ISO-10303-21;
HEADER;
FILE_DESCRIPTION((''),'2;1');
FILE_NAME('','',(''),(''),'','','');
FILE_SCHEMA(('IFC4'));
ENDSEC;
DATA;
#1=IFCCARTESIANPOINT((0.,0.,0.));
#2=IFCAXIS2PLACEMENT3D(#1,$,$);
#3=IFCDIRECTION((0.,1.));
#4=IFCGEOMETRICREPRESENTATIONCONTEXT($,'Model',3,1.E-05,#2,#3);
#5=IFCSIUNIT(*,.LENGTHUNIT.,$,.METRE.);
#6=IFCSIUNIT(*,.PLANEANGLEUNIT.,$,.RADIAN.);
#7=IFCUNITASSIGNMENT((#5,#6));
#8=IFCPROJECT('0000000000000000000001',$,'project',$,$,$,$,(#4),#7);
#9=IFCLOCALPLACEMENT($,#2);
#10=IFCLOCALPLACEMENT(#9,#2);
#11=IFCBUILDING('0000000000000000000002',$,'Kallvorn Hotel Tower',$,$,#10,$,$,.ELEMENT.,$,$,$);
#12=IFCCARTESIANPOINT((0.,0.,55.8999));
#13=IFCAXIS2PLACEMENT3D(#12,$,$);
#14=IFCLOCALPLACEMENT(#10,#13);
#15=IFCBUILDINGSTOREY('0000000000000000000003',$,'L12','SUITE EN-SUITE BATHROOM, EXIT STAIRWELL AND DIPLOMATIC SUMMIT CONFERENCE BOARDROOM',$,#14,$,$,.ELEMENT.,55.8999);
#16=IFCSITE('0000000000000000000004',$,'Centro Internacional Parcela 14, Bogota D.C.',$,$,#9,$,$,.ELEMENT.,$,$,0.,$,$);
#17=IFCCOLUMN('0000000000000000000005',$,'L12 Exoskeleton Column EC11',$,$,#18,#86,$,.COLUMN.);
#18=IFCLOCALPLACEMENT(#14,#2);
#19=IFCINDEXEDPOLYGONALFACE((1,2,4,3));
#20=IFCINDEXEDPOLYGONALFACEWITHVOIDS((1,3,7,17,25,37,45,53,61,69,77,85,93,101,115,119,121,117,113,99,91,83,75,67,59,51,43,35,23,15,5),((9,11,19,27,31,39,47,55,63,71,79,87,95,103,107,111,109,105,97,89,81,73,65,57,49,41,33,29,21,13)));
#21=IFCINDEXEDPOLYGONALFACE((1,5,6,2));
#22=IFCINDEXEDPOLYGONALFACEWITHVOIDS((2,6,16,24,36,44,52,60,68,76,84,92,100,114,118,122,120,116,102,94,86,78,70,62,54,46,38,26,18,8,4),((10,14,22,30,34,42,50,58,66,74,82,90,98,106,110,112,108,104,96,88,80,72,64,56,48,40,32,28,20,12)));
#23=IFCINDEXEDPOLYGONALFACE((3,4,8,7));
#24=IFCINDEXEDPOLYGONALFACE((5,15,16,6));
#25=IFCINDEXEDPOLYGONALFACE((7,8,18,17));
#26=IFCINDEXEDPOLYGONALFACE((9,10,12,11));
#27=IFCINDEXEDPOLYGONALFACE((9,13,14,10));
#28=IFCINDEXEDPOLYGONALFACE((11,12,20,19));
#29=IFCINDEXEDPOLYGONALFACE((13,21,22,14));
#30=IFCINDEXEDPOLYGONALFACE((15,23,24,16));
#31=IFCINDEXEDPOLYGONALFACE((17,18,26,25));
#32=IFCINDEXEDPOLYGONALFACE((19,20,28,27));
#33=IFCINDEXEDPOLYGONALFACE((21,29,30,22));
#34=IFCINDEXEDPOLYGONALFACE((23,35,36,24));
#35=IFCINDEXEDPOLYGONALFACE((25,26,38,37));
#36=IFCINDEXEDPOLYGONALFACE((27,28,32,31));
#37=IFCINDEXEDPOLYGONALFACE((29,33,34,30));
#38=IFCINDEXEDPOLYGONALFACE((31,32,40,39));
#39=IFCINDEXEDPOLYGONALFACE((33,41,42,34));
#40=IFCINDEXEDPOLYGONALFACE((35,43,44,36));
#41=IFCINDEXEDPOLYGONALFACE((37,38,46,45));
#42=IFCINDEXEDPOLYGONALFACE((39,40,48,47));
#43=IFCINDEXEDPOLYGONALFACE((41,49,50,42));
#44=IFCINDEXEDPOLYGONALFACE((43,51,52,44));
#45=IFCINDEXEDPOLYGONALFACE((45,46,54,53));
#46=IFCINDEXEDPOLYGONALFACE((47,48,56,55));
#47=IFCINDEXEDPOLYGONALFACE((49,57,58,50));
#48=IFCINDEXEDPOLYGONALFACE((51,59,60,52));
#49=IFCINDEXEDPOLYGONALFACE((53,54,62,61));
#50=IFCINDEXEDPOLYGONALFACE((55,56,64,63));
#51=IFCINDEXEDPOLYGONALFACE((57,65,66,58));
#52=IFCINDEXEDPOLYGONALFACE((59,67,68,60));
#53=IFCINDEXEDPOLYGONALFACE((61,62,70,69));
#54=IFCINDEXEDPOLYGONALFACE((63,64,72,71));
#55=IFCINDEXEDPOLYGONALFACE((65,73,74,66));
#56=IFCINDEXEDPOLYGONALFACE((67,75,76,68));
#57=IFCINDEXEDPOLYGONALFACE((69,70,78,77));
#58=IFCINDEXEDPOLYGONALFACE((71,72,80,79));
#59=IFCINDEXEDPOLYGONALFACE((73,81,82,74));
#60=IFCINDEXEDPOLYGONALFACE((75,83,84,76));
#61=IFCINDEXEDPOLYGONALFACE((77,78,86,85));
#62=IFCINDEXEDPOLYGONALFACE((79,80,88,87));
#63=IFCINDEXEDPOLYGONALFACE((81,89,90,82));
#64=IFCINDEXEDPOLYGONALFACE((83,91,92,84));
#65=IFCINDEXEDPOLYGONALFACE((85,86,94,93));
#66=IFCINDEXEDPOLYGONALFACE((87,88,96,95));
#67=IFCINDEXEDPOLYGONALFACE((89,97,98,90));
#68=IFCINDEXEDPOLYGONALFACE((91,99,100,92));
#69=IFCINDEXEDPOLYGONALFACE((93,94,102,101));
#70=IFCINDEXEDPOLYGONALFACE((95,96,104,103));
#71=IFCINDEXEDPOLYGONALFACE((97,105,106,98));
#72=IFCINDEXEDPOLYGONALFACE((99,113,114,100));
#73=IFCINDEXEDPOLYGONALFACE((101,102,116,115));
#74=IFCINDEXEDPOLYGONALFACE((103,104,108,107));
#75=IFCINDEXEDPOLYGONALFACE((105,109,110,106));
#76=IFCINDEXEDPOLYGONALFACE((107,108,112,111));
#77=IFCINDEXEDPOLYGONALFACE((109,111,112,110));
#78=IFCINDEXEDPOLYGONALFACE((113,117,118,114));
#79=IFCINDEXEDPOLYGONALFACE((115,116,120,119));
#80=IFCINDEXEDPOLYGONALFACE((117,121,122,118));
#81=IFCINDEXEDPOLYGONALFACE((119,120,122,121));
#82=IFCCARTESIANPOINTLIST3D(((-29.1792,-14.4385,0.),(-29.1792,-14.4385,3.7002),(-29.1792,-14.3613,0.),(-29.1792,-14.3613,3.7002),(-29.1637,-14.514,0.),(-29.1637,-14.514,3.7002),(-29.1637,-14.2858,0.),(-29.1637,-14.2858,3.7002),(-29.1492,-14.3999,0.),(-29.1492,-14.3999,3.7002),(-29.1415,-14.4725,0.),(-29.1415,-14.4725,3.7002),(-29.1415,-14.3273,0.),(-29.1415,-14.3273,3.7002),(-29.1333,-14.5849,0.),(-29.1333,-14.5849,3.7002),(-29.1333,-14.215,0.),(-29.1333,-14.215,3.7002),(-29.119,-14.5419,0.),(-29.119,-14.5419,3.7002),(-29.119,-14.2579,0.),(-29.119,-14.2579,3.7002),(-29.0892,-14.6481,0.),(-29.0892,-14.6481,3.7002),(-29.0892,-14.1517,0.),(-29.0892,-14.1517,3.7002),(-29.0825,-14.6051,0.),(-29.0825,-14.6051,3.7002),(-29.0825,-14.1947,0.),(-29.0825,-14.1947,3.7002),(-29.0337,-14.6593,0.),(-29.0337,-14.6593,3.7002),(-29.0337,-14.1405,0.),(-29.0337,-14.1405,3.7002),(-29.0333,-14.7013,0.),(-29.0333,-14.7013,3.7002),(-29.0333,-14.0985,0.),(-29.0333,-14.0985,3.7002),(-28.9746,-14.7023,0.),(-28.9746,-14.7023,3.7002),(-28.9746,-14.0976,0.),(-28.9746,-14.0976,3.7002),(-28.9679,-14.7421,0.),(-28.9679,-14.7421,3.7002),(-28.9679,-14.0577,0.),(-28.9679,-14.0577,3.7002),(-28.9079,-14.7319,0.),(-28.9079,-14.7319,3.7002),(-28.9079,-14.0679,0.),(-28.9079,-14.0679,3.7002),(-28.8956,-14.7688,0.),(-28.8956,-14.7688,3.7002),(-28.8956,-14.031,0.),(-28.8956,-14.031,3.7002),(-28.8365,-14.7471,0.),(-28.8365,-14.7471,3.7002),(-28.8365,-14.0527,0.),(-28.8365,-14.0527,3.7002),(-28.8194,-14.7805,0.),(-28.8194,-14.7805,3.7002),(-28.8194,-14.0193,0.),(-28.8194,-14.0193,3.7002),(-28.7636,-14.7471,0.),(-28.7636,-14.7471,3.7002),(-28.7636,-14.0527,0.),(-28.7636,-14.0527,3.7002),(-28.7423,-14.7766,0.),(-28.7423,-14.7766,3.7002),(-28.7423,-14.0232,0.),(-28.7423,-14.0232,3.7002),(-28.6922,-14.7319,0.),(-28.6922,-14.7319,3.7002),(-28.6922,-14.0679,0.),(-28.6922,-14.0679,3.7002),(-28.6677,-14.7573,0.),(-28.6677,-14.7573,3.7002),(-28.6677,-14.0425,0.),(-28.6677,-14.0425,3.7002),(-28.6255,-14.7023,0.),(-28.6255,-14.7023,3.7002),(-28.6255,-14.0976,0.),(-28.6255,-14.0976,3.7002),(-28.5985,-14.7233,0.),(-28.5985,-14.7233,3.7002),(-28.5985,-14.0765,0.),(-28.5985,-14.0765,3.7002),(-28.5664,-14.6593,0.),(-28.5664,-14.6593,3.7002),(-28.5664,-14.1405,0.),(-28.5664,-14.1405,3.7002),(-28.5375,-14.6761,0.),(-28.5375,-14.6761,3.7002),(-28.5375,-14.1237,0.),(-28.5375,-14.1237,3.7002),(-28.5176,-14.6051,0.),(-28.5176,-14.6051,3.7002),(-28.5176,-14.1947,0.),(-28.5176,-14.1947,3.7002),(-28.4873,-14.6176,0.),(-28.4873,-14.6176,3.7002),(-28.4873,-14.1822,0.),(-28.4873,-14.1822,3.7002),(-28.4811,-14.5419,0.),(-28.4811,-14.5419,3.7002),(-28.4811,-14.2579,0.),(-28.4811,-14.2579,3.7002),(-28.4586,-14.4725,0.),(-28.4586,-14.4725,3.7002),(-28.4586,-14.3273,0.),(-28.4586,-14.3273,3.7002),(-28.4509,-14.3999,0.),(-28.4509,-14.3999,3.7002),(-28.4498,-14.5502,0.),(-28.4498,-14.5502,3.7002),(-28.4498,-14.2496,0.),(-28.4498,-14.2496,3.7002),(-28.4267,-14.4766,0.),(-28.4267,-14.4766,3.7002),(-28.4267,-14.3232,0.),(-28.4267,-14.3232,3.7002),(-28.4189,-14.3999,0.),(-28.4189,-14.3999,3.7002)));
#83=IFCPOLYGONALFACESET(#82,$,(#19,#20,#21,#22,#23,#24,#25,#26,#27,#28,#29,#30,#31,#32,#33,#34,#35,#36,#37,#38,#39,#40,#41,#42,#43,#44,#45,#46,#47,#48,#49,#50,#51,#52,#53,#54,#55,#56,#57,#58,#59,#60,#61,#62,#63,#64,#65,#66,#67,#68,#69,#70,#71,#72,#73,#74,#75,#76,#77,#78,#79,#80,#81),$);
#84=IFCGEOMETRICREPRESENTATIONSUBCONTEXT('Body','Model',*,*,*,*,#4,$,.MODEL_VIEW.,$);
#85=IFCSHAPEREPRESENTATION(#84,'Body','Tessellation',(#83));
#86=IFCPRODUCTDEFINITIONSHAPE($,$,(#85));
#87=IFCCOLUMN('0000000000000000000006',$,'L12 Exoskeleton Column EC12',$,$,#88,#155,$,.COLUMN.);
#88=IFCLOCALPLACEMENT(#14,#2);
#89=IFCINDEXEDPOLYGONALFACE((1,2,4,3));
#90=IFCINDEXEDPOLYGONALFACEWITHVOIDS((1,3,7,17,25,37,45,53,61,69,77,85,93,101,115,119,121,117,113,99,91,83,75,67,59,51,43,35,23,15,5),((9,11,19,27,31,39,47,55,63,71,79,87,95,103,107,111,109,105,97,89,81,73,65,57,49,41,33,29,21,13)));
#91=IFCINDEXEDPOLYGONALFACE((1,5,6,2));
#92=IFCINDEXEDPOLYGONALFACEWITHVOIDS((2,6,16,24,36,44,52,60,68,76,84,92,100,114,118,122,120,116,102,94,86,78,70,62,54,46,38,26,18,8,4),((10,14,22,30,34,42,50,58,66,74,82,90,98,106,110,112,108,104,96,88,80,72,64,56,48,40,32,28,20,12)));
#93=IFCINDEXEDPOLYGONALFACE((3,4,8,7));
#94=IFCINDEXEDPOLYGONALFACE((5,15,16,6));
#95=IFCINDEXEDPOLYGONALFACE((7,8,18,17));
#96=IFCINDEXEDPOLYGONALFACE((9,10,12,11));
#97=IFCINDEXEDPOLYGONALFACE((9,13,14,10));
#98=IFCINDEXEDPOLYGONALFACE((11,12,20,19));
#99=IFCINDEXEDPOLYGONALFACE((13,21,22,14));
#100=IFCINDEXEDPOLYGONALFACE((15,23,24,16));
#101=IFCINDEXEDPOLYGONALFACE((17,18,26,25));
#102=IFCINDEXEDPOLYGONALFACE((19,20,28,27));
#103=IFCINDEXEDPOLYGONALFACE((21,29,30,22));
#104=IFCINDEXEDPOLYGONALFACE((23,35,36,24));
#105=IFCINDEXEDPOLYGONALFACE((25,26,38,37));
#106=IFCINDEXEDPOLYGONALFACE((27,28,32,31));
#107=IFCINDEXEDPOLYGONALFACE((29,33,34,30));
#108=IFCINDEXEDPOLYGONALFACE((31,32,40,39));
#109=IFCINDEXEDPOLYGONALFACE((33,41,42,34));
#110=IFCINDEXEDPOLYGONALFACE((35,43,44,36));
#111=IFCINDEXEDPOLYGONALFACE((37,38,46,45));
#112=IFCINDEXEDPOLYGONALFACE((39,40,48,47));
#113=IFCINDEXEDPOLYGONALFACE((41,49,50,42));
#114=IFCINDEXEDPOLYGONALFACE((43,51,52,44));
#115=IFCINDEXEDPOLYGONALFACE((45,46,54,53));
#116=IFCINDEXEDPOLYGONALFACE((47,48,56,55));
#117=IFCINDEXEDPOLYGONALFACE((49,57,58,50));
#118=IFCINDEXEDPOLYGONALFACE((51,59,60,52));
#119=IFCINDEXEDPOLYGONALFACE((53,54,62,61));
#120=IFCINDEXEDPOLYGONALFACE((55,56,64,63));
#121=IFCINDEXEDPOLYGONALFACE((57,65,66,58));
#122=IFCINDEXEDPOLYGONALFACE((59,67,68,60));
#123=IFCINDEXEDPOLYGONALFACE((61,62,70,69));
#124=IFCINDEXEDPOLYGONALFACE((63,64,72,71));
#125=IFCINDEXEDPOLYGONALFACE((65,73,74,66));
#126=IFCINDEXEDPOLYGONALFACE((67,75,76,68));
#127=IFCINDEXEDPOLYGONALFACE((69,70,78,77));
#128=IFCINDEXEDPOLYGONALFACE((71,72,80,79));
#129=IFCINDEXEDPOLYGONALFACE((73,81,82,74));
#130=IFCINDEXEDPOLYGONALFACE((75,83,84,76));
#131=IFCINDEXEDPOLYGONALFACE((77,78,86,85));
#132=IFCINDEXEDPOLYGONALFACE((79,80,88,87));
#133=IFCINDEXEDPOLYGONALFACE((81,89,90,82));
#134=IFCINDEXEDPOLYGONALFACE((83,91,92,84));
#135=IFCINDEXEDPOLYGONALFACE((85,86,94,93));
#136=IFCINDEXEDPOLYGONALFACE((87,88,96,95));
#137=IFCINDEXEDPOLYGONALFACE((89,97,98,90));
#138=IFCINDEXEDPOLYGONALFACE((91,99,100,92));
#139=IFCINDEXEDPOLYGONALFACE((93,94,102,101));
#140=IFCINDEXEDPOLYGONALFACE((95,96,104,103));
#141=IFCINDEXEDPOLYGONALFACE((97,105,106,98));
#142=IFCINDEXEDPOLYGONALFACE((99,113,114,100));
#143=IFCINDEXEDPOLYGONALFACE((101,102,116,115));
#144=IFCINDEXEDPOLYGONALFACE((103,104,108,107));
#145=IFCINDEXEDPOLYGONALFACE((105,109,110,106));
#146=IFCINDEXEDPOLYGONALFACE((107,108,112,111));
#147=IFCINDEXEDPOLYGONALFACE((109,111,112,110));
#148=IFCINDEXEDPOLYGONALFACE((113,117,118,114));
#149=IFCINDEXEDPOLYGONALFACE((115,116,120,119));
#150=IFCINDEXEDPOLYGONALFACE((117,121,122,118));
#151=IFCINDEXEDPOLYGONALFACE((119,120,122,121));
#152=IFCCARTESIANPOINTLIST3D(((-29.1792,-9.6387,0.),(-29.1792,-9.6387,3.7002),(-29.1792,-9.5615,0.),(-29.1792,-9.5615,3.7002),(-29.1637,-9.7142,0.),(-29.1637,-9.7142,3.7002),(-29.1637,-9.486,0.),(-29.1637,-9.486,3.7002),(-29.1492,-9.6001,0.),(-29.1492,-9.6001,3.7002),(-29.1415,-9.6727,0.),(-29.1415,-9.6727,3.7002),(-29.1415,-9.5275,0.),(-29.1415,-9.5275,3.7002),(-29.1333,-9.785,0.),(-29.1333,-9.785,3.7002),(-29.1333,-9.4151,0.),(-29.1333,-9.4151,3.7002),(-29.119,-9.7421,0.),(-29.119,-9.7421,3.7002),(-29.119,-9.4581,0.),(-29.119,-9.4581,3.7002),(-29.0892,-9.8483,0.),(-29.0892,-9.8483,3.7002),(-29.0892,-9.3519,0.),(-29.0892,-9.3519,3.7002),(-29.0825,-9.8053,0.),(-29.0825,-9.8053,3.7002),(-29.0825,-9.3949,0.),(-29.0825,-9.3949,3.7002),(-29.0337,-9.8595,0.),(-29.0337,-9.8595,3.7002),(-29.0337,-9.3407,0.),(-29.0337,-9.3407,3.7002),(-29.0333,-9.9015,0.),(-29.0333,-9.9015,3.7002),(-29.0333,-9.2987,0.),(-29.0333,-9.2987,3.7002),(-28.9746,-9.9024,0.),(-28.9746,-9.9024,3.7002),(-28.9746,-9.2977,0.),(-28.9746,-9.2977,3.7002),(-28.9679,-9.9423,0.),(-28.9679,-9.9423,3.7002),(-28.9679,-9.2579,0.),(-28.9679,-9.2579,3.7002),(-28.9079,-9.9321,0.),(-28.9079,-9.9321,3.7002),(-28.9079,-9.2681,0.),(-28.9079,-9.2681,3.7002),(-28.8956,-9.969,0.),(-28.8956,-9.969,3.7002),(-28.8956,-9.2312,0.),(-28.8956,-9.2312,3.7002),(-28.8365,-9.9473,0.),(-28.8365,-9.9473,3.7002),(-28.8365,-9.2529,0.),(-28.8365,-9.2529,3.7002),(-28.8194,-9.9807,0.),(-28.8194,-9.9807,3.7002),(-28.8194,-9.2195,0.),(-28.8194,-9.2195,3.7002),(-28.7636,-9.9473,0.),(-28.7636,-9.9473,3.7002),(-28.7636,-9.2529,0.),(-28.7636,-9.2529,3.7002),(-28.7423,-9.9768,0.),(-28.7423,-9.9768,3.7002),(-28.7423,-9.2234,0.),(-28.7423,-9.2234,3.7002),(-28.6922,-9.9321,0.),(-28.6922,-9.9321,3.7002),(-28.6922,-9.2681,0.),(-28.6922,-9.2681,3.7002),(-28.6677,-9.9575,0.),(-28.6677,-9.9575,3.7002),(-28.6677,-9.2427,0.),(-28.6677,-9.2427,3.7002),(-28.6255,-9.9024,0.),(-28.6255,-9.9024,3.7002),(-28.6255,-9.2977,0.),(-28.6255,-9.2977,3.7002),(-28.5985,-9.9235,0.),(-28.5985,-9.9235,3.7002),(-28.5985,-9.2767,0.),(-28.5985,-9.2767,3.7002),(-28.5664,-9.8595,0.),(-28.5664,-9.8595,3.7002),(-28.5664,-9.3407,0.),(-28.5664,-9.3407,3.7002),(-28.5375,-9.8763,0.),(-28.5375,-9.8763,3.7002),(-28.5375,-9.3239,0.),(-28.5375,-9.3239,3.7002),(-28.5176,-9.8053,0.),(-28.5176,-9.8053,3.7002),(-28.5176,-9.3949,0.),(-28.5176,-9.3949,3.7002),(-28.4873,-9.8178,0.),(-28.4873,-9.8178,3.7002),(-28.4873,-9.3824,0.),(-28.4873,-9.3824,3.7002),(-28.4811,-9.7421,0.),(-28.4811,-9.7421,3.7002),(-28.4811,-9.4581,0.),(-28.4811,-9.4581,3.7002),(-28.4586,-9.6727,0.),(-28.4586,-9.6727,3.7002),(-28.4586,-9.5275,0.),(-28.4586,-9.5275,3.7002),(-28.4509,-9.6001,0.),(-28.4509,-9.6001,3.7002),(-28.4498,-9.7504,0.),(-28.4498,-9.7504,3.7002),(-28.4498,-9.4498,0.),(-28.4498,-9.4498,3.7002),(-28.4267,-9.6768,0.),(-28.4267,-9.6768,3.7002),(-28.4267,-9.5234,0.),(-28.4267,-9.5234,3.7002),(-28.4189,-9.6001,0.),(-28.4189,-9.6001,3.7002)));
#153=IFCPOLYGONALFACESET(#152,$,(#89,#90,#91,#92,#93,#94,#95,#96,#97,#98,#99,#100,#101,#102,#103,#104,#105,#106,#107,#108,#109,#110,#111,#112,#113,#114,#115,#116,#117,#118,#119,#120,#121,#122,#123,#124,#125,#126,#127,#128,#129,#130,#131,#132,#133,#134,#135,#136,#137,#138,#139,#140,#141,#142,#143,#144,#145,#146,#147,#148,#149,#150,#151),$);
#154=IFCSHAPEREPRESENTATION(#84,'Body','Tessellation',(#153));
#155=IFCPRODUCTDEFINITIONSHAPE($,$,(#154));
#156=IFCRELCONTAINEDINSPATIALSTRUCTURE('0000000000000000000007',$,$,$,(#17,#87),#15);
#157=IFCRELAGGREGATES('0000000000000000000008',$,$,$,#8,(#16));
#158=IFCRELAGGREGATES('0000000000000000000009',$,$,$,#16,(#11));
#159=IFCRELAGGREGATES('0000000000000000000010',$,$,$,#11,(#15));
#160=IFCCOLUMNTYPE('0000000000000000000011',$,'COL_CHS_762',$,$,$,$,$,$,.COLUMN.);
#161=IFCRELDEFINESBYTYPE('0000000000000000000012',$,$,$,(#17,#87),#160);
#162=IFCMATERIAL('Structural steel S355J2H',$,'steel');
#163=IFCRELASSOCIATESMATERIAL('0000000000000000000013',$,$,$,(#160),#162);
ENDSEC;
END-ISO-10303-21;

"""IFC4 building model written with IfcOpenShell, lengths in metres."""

from ifc_helpers import new_model, si_unit, direction, frame, origin, origin_2d, place, context, subcontext, project, spatial, hollow_circle, extrude, material, material_profile, profile_set, type_object, element, save


model = new_model("IFC4")

# Units and contexts
model_context = context("Model", 3, precision=1e-05, world=origin(), true_north=direction((0.0, 1.0)))
body_context = subcontext(model_context, "Body", "Model", "MODEL_VIEW")
ifc_project = project(units=[si_unit("LENGTHUNIT", "METRE"), si_unit("PLANEANGLEUNIT", "RADIAN")], contexts=[model_context])

# Site, building, storey
site_placement = place(None, origin())
site = spatial("IfcSite", under=ifc_project, at=site_placement, Name="Centro Internacional Parcela 14, Bogota D.C.", CompositionType="ELEMENT", RefElevation=0.0)
building_placement = place(site_placement, origin())
building = spatial("IfcBuilding", under=site, at=building_placement, Name="Kallvorn Hotel Tower", CompositionType="ELEMENT")
storey_placement = place(building_placement, frame((0.0, 0.0, 55.8999)))
storey = spatial("IfcBuildingStorey", under=building, at=storey_placement, Name="L12", Description="SUITE EN-SUITE BATHROOM, EXIT STAIRWELL AND DIPLOMATIC SUMMIT CONFERENCE BOARDROOM", CompositionType="ELEMENT", Elevation=55.8999)

# Columns
ifc_material_1 = material(Name="Structural steel S355J2H", Category="steel")
ifc_material_profile_1 = material_profile(ifc_material_1, hollow_circle(Radius=0.3811, WallThickness=0.032, at=origin_2d()), Name="CHS 762x32")
ifc_profile_set_1 = profile_set([ifc_material_profile_1], Name="Structural steel S355J2H")
column_type = type_object("IfcColumnType", Name="COL_CHS_762", PredefinedType="COLUMN", material=ifc_profile_set_1)
for number, where, z_axis, x_axis, name in (
    (1, (-28.8, -14.3999, 0.0), (0.0, 0.0, 1.0), (1.0, 0.0, 0.0), "L12 Exoskeleton Column EC11"),
    (2, (-28.8, -9.6001, 0.0), (0.0, 0.0, 1.0), (1.0, 0.0, 0.0), "L12 Exoskeleton Column EC12"),
):
    element("IfcColumn", number, at=place(storey_placement, frame(where, z_axis=z_axis, x_axis=x_axis)), inside=storey, type_object=column_type, Name=name, PredefinedType="COLUMN", context=body_context, shape_type="SweptSolid", body=[
        extrude(hollow_circle(Radius=0.3811, WallThickness=0.032, at=origin_2d()), origin(), (0.0, 0.0, 1.0), 3.7002),
    ])

save(model, "model.ifc")
